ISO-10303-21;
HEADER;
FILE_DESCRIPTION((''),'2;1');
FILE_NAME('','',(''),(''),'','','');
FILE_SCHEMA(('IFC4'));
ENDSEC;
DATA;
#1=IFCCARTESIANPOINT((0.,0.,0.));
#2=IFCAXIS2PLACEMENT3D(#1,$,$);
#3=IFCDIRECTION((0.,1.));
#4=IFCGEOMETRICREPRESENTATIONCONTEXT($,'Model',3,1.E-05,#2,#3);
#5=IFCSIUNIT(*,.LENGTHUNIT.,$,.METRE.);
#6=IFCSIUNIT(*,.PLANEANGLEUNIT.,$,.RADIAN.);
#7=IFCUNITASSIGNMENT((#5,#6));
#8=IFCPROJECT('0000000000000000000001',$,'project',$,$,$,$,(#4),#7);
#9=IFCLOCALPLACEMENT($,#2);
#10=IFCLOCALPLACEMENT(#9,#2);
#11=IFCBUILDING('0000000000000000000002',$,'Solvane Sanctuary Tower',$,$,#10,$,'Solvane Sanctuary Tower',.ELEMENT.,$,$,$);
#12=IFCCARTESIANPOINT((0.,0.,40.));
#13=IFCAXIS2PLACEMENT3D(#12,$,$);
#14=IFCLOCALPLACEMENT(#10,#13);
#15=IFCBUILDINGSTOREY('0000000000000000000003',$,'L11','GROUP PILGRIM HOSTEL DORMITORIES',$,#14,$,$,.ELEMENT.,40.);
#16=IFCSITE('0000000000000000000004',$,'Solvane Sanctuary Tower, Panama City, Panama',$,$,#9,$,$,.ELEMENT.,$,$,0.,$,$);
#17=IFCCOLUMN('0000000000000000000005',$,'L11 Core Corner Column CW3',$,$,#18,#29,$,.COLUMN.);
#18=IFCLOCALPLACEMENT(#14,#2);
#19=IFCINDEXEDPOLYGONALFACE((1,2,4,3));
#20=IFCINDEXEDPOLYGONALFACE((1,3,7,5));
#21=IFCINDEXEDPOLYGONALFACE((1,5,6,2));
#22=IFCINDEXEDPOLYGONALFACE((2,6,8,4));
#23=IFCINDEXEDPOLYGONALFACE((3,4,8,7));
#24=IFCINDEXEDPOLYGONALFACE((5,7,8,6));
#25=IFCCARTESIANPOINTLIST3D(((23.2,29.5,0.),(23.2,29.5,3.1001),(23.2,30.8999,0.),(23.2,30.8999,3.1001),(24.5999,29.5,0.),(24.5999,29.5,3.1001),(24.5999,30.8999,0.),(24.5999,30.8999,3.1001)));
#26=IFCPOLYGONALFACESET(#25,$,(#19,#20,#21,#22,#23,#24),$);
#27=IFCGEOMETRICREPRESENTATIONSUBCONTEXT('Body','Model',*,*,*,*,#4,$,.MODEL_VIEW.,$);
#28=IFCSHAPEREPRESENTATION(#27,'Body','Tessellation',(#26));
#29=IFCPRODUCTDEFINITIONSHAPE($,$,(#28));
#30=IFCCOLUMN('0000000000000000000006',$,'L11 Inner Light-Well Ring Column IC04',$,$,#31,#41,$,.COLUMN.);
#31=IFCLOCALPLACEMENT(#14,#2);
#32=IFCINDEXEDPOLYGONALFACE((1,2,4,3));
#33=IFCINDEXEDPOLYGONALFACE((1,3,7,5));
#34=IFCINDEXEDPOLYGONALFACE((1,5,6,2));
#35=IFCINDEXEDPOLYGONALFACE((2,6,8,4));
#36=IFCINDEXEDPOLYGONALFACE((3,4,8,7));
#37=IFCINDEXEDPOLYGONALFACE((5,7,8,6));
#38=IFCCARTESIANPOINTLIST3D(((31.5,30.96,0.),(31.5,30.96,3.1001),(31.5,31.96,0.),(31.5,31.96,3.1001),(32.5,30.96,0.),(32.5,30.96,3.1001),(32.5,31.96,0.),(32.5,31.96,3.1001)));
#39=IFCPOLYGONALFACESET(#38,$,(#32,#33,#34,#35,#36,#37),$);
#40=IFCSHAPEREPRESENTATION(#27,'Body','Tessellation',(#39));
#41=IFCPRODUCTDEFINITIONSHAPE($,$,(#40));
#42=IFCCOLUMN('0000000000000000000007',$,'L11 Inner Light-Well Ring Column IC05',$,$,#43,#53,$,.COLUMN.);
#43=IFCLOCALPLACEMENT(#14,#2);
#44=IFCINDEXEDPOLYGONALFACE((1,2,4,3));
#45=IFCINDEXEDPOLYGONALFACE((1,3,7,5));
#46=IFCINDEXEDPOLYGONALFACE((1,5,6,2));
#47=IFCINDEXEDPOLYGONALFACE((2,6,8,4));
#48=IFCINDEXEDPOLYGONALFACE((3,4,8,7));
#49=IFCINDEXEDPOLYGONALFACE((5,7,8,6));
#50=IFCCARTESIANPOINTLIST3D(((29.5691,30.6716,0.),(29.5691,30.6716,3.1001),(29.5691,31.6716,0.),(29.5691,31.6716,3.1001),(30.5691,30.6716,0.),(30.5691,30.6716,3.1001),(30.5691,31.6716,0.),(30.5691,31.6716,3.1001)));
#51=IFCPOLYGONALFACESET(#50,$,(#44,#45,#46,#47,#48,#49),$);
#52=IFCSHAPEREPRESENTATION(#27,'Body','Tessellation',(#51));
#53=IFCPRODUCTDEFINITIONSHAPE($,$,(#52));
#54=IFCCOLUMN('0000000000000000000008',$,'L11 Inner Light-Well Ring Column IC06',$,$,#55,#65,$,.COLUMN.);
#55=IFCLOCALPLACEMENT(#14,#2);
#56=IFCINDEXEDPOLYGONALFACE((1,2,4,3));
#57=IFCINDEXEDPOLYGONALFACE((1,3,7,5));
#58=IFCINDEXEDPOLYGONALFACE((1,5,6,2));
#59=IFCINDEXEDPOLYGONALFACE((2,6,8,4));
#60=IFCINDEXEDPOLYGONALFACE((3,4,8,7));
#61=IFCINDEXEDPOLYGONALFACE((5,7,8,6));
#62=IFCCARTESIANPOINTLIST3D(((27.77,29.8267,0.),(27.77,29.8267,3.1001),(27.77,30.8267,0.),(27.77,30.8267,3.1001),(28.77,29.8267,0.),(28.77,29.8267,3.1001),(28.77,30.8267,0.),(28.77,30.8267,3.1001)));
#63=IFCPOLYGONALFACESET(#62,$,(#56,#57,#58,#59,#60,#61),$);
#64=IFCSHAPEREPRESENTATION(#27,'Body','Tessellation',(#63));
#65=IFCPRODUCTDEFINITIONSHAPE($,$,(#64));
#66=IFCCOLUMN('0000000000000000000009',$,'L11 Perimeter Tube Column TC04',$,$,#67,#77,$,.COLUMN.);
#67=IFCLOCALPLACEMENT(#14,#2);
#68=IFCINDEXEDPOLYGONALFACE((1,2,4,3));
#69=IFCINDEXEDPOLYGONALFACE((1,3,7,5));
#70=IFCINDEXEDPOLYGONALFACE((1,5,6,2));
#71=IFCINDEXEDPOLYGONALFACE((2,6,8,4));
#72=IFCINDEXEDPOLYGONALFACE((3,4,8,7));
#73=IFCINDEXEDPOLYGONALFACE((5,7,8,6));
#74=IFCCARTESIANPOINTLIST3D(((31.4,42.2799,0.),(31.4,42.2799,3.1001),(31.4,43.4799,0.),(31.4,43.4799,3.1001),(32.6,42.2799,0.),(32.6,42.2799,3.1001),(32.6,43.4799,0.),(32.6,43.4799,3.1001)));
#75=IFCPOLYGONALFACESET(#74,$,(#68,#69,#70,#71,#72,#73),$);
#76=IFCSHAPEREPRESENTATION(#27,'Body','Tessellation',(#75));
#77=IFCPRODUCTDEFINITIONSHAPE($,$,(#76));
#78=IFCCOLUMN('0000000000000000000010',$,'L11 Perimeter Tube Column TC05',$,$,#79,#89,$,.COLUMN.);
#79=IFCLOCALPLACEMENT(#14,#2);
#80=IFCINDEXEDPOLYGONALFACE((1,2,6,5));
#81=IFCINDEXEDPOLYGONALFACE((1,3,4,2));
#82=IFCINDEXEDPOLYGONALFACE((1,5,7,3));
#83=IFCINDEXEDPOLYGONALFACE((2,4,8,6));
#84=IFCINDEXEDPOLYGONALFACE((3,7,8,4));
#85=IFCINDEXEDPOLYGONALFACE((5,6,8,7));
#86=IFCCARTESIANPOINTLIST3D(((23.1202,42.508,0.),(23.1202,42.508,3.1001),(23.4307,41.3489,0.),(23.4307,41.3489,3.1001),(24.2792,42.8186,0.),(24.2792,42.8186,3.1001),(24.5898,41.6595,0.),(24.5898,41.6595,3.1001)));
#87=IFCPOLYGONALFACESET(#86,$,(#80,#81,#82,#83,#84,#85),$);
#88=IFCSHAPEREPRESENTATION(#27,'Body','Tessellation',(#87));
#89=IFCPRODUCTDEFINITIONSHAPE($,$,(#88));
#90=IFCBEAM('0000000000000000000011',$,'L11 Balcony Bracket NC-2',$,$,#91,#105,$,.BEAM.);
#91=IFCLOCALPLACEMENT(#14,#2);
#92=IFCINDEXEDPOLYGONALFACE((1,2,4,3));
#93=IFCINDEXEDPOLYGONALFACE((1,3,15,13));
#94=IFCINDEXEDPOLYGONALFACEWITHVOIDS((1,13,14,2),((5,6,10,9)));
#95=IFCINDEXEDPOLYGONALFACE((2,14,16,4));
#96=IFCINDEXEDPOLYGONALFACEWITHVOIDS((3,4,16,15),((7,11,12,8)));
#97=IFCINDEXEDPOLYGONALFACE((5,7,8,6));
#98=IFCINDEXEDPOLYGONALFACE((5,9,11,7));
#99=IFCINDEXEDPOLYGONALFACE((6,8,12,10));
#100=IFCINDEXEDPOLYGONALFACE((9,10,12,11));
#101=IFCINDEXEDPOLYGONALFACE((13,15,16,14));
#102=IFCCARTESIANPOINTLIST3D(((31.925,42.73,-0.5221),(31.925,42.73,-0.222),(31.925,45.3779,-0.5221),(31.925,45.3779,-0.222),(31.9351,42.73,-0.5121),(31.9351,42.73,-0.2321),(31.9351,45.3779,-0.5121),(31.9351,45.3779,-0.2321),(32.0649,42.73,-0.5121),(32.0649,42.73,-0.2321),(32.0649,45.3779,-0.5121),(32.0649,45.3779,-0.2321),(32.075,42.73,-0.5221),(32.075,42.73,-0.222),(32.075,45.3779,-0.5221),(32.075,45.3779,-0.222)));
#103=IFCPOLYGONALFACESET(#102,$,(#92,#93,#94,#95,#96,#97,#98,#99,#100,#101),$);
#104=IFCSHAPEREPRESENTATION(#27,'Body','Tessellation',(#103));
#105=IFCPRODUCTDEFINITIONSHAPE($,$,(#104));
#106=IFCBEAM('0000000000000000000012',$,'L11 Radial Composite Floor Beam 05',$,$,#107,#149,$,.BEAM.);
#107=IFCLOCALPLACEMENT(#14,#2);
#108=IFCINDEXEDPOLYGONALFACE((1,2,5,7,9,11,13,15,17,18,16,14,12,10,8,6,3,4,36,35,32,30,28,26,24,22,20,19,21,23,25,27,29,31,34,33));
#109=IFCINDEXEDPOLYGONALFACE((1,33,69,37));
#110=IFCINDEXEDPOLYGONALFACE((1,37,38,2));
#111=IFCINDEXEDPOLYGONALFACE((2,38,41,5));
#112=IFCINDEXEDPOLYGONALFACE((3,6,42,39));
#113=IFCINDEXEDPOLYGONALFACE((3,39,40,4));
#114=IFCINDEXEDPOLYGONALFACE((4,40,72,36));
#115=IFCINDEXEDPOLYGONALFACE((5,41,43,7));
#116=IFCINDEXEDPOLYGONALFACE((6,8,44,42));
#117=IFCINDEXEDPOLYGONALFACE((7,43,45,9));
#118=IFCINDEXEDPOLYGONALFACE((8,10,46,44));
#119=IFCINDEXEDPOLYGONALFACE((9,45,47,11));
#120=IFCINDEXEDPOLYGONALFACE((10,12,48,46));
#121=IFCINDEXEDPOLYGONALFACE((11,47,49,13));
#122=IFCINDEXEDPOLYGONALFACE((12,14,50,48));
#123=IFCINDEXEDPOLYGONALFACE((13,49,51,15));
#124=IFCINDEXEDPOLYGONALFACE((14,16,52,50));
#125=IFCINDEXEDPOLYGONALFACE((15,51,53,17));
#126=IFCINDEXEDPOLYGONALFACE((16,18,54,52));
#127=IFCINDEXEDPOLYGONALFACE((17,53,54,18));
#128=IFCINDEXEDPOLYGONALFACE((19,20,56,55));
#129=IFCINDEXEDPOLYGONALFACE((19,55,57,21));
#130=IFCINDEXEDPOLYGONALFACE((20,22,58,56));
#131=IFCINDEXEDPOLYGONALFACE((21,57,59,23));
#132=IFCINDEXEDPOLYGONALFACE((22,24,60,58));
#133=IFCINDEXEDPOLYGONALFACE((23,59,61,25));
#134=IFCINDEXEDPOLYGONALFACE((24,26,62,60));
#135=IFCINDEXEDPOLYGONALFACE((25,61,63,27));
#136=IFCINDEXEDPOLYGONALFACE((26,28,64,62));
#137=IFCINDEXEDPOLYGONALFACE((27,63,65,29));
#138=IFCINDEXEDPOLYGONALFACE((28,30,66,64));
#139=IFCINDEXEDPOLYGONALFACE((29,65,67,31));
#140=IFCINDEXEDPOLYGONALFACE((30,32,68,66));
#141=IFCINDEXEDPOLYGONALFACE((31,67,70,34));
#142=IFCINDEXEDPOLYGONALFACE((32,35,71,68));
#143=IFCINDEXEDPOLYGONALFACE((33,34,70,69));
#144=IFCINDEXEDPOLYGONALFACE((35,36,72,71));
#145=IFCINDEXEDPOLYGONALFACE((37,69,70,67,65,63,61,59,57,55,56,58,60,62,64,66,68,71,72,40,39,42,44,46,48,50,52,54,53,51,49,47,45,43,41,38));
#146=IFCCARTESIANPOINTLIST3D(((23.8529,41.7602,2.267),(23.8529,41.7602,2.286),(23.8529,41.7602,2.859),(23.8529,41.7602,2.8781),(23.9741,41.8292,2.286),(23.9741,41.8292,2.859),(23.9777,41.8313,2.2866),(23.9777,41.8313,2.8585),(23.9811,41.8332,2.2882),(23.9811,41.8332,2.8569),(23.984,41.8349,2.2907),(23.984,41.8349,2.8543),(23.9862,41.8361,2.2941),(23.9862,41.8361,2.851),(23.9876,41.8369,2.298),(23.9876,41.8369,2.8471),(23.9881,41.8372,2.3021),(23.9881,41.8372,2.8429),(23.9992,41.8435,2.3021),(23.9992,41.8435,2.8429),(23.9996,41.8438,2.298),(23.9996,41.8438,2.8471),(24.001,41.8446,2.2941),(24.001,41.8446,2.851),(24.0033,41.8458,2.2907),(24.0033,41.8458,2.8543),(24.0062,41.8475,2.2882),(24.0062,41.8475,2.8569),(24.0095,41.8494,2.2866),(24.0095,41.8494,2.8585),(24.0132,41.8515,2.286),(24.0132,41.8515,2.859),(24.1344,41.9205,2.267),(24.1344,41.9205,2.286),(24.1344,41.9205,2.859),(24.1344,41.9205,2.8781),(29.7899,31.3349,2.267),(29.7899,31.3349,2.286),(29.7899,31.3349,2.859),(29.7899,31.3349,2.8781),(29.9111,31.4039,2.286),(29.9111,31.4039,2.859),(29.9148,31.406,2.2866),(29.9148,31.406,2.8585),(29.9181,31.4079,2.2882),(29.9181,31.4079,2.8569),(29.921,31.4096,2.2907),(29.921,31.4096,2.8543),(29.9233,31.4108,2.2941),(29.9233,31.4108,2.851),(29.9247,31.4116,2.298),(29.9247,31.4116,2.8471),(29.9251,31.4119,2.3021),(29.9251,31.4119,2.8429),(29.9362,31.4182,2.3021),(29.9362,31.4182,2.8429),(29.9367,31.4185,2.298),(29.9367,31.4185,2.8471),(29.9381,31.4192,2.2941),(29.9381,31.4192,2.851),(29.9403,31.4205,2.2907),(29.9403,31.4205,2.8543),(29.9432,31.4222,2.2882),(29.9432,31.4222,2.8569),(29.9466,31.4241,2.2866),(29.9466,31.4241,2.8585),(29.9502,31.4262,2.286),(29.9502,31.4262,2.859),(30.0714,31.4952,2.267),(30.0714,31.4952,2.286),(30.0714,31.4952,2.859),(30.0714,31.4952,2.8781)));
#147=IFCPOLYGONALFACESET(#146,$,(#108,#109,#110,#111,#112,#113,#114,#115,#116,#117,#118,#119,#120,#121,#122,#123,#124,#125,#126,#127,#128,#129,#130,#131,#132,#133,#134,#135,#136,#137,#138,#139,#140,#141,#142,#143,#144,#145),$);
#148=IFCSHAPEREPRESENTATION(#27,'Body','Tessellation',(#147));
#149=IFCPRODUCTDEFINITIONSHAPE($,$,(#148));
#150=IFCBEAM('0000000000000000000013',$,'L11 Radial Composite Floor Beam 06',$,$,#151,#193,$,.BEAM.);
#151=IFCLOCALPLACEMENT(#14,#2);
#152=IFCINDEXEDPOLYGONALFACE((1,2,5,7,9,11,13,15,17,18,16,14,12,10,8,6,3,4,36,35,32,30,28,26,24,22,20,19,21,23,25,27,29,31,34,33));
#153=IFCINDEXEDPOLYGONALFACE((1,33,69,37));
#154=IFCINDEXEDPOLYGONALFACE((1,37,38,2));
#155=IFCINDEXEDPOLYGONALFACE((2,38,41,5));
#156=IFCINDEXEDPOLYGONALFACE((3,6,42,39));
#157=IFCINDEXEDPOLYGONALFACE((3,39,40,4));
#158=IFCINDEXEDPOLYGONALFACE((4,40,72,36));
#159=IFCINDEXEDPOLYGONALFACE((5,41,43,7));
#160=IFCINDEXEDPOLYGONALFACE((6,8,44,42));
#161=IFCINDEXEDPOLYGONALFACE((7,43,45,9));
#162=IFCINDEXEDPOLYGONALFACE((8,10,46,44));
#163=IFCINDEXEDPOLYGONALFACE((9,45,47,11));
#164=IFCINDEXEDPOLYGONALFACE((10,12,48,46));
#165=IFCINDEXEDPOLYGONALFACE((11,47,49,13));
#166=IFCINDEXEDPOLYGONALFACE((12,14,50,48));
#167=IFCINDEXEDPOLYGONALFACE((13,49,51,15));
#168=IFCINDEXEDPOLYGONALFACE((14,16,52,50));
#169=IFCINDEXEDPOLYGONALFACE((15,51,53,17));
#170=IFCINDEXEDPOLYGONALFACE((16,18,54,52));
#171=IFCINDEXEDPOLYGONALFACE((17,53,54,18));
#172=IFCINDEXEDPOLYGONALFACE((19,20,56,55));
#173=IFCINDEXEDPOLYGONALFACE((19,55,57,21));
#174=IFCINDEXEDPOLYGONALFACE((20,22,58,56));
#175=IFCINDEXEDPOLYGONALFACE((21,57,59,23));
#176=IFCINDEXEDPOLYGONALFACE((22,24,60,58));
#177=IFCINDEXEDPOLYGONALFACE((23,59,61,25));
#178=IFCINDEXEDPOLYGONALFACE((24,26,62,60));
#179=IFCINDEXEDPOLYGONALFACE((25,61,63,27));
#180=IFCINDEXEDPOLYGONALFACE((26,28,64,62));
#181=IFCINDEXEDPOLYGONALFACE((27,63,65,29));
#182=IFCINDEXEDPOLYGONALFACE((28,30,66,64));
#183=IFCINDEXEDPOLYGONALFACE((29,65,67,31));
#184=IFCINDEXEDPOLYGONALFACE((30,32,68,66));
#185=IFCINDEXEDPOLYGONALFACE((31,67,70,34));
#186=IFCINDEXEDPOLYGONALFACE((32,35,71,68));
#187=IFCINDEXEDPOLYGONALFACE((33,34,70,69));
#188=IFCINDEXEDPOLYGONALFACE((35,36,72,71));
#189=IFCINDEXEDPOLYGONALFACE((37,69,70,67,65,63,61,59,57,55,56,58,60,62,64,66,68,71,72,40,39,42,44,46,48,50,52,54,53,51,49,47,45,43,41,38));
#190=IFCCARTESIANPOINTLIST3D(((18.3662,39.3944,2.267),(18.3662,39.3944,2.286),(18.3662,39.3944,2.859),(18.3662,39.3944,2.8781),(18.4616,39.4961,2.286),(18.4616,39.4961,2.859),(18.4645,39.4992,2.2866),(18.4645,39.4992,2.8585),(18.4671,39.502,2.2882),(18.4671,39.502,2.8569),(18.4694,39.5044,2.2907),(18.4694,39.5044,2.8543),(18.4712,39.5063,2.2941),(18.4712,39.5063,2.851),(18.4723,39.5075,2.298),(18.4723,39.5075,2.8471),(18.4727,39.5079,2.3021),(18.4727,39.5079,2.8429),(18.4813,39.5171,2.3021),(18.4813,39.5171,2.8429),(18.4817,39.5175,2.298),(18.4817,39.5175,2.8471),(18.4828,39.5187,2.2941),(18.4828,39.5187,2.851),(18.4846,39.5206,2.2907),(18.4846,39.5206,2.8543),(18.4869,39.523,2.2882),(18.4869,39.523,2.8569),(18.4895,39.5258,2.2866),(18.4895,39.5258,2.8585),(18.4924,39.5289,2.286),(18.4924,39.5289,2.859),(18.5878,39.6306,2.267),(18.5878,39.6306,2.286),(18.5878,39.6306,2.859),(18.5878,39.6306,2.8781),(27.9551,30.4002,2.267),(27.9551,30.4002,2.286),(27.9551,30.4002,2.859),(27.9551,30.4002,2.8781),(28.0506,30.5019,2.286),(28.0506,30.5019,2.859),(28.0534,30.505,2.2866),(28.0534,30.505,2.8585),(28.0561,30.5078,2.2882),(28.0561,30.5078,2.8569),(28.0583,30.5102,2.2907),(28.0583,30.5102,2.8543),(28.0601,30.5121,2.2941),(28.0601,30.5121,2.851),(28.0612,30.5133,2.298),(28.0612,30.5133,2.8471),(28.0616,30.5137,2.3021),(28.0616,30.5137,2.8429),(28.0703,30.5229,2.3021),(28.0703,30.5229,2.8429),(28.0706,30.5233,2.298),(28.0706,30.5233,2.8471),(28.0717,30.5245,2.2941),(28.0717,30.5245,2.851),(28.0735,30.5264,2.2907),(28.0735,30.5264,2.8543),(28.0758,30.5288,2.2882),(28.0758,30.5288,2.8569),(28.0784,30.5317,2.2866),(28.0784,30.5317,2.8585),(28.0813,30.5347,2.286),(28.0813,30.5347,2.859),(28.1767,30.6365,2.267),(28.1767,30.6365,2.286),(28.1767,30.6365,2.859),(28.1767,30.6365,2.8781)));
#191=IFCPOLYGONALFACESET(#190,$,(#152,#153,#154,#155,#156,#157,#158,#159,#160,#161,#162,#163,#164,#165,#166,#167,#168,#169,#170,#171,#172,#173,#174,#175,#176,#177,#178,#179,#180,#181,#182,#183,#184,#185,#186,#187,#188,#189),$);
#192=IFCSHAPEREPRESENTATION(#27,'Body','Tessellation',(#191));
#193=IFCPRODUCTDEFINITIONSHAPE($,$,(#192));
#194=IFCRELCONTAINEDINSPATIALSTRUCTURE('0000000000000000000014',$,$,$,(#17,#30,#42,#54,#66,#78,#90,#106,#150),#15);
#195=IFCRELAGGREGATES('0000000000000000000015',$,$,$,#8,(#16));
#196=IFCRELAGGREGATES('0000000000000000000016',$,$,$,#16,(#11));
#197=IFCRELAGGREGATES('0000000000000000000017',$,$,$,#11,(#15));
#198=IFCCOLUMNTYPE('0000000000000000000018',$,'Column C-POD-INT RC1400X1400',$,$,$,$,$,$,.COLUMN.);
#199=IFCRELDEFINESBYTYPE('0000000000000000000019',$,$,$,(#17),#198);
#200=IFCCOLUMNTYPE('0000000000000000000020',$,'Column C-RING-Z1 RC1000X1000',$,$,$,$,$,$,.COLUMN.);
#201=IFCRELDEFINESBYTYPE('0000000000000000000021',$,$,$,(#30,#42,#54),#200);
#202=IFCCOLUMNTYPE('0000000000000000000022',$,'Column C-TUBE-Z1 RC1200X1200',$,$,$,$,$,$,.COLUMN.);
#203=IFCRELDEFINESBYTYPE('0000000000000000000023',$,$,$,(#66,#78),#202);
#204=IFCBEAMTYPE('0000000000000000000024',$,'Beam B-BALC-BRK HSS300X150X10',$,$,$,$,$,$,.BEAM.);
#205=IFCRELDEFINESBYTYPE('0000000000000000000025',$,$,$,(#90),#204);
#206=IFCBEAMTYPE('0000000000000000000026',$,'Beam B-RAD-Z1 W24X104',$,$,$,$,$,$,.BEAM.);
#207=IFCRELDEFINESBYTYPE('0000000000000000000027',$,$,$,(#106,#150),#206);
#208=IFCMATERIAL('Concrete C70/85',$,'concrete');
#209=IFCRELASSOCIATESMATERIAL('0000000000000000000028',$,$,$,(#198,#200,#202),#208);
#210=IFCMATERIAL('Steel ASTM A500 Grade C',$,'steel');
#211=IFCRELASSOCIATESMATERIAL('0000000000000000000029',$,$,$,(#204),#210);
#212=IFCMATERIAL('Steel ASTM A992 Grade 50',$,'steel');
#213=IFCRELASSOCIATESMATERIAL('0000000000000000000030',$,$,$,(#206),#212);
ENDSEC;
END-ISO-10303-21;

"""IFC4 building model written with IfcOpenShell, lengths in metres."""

from ifc_helpers import new_model, si_unit, direction, frame, origin, origin_2d, place, context, subcontext, project, spatial, rectangle, hollow_rectangle, i_section, extrude, material, material_profile, profile_set, type_object, element, save


model = new_model("IFC4")

# Units and contexts
model_context = context("Model", 3, precision=1e-05, world=origin(), true_north=direction((0.0, 1.0)))
body_context = subcontext(model_context, "Body", "Model", "MODEL_VIEW")
ifc_project = project(units=[si_unit("LENGTHUNIT", "METRE"), si_unit("PLANEANGLEUNIT", "RADIAN")], contexts=[model_context])

# Site, building, storey
site_placement = place(None, origin())
site = spatial("IfcSite", under=ifc_project, at=site_placement, Name="Solvane Sanctuary Tower, Panama City, Panama", CompositionType="ELEMENT", RefElevation=0.0)
building_placement = place(site_placement, origin())
building = spatial("IfcBuilding", under=site, at=building_placement, Name="Solvane Sanctuary Tower", LongName="Solvane Sanctuary Tower", CompositionType="ELEMENT")
storey_placement = place(building_placement, frame((0.0, 0.0, 40.0)))
storey = spatial("IfcBuildingStorey", under=building, at=storey_placement, Name="L11", Description="GROUP PILGRIM HOSTEL DORMITORIES", CompositionType="ELEMENT", Elevation=40.0)

# Columns
ifc_material_1 = material(Name="Concrete C70/85", Category="concrete")
ifc_material_profile_1 = material_profile(ifc_material_1, rectangle(XDim=1.3999, YDim=1.3999, at=origin_2d()), Name="RC1400X1400")
ifc_profile_set_1 = profile_set([ifc_material_profile_1], Name="Concrete C70/85")
column_type_1 = type_object("IfcColumnType", Name="Column C-POD-INT RC1400X1400", PredefinedType="COLUMN", material=ifc_profile_set_1)
column_placement = place(storey_placement, frame((23.8999, 30.2, 0.0), z_axis=(0.0, 0.0, 1.0), x_axis=(1.0, 0.0, 0.0)))
element("IfcColumn", 1, at=column_placement, inside=storey, type_object=column_type_1, Name="L11 Core Corner Column CW3", PredefinedType="COLUMN", context=body_context, shape_type="SweptSolid", body=[
    extrude(rectangle(XDim=1.3999, YDim=1.3999, at=origin_2d()), origin(), (0.0, 0.0, 1.0), 3.1001),
])
ifc_material_profile_2 = material_profile(ifc_material_1, rectangle(XDim=1.0, YDim=1.0, at=origin_2d()), Name="RC1000X1000")
ifc_profile_set_2 = profile_set([ifc_material_profile_2], Name="Concrete C70/85")
column_type_2 = type_object("IfcColumnType", Name="Column C-RING-Z1 RC1000X1000", PredefinedType="COLUMN", material=ifc_profile_set_2)
for number, where, z_axis, x_axis, name in (
    (2, (32.0, 31.46, 0.0), (0.0, 0.0, 1.0), (1.0, 0.0, 0.0), "L11 Inner Light-Well Ring Column IC04"),
    (3, (30.0691, 31.1716, 0.0), (0.0, 0.0, 1.0), (1.0, 0.0, 0.0), "L11 Inner Light-Well Ring Column IC05"),
    (4, (28.27, 30.3267, 0.0), (0.0, 0.0, 1.0), (1.0, 0.0, 0.0), "L11 Inner Light-Well Ring Column IC06"),
):
    element("IfcColumn", number, at=place(storey_placement, frame(where, z_axis=z_axis, x_axis=x_axis)), inside=storey, type_object=column_type_2, Name=name, PredefinedType="COLUMN", context=body_context, shape_type="SweptSolid", body=[
        extrude(rectangle(XDim=1.0, YDim=1.0, at=origin_2d()), origin(), (0.0, 0.0, 1.0), 3.1001),
    ])
ifc_material_profile_3 = material_profile(ifc_material_1, rectangle(XDim=1.2, YDim=1.2, at=origin_2d()), Name="RC1200X1200")
ifc_profile_set_3 = profile_set([ifc_material_profile_3], Name="Concrete C70/85")
column_type_3 = type_object("IfcColumnType", Name="Column C-TUBE-Z1 RC1200X1200", PredefinedType="COLUMN", material=ifc_profile_set_3)
for number, where, z_axis, x_axis, name in (
    (5, (32.0, 42.8799, 0.0), (0.0, 0.0, 1.0), (0.0, 1.0, 0.0), "L11 Perimeter Tube Column TC04"),
    (6, (23.855, 42.0837, 0.0), (0.0, 0.0, 1.0), (-0.258819, 0.965926, 0.0), "L11 Perimeter Tube Column TC05"),
):
    element("IfcColumn", number, at=place(storey_placement, frame(where, z_axis=z_axis, x_axis=x_axis)), inside=storey, type_object=column_type_3, Name=name, PredefinedType="COLUMN", context=body_context, shape_type="SweptSolid", body=[
        extrude(rectangle(XDim=1.2, YDim=1.2, at=origin_2d()), origin(), (0.0, 0.0, 1.0), 3.1001),
    ])

# Beams
ifc_material_2 = material(Name="Steel ASTM A500 Grade C", Category="steel")
ifc_material_profile_4 = material_profile(ifc_material_2, hollow_rectangle(XDim=0.1499, YDim=0.3, WallThickness=0.01, at=origin_2d()), Name="HSS300X150X10")
ifc_profile_set_4 = profile_set([ifc_material_profile_4], Name="Steel ASTM A500 Grade C")
beam_type_1 = type_object("IfcBeamType", Name="Beam B-BALC-BRK HSS300X150X10", PredefinedType="BEAM", material=ifc_profile_set_4)
beam_1_placement = place(storey_placement, frame((32.0, 42.73, -0.3721), z_axis=(0.0, 1.0, 0.0), x_axis=(-1.0, 0.0, 0.0)))
element("IfcBeam", 7, at=beam_1_placement, inside=storey, type_object=beam_type_1, Name="L11 Balcony Bracket NC-2", PredefinedType="BEAM", context=body_context, shape_type="SweptSolid", body=[
    extrude(hollow_rectangle(XDim=0.1499, YDim=0.3, WallThickness=0.01, at=origin_2d()), origin(), (0.0, 0.0, 1.0), 2.6479),
])
ifc_material_3 = material(Name="Steel ASTM A992 Grade 50", Category="steel")
ifc_material_profile_5 = material_profile(ifc_material_3, i_section(OverallWidth=0.324, OverallDepth=0.6111, WebThickness=0.0127, FlangeThickness=0.019, FilletRadius=0.0161, at=origin_2d()), Name="W24X104")
ifc_profile_set_5 = profile_set([ifc_material_profile_5], Name="Steel ASTM A992 Grade 50")
beam_type_2 = type_object("IfcBeamType", Name="Beam B-RAD-Z1 W24X104", PredefinedType="BEAM", material=ifc_profile_set_5)
beam_2_placement = place(storey_placement, frame((29.9307, 31.415, 2.5725), z_axis=(-0.494863, 0.868971, 0.0), x_axis=(-0.868971, -0.494863, 0.0)))
element("IfcBeam", 8, at=beam_2_placement, inside=storey, type_object=beam_type_2, Name="L11 Radial Composite Floor Beam 05", PredefinedType="BEAM", context=body_context, shape_type="SweptSolid", body=[
    extrude(i_section(OverallWidth=0.324, OverallDepth=0.6111, WebThickness=0.0127, FlangeThickness=0.019, FilletRadius=0.0161, at=origin_2d()), origin(), (0.0, 0.0, 1.0), 11.9973),
])
beam_3_placement = place(storey_placement, frame((28.0659, 30.5183, 2.5725), z_axis=(-0.729363, 0.684126, 0.0), x_axis=(-0.684126, -0.729363, 0.0)))
element("IfcBeam", 9, at=beam_3_placement, inside=storey, type_object=beam_type_2, Name="L11 Radial Composite Floor Beam 06", PredefinedType="BEAM", context=body_context, shape_type="SweptSolid", body=[
    extrude(i_section(OverallWidth=0.324, OverallDepth=0.6111, WebThickness=0.0127, FlangeThickness=0.019, FilletRadius=0.0161, at=origin_2d()), origin(), (0.0, 0.0, 1.0), 13.147),
])

save(model, "model.ifc")
